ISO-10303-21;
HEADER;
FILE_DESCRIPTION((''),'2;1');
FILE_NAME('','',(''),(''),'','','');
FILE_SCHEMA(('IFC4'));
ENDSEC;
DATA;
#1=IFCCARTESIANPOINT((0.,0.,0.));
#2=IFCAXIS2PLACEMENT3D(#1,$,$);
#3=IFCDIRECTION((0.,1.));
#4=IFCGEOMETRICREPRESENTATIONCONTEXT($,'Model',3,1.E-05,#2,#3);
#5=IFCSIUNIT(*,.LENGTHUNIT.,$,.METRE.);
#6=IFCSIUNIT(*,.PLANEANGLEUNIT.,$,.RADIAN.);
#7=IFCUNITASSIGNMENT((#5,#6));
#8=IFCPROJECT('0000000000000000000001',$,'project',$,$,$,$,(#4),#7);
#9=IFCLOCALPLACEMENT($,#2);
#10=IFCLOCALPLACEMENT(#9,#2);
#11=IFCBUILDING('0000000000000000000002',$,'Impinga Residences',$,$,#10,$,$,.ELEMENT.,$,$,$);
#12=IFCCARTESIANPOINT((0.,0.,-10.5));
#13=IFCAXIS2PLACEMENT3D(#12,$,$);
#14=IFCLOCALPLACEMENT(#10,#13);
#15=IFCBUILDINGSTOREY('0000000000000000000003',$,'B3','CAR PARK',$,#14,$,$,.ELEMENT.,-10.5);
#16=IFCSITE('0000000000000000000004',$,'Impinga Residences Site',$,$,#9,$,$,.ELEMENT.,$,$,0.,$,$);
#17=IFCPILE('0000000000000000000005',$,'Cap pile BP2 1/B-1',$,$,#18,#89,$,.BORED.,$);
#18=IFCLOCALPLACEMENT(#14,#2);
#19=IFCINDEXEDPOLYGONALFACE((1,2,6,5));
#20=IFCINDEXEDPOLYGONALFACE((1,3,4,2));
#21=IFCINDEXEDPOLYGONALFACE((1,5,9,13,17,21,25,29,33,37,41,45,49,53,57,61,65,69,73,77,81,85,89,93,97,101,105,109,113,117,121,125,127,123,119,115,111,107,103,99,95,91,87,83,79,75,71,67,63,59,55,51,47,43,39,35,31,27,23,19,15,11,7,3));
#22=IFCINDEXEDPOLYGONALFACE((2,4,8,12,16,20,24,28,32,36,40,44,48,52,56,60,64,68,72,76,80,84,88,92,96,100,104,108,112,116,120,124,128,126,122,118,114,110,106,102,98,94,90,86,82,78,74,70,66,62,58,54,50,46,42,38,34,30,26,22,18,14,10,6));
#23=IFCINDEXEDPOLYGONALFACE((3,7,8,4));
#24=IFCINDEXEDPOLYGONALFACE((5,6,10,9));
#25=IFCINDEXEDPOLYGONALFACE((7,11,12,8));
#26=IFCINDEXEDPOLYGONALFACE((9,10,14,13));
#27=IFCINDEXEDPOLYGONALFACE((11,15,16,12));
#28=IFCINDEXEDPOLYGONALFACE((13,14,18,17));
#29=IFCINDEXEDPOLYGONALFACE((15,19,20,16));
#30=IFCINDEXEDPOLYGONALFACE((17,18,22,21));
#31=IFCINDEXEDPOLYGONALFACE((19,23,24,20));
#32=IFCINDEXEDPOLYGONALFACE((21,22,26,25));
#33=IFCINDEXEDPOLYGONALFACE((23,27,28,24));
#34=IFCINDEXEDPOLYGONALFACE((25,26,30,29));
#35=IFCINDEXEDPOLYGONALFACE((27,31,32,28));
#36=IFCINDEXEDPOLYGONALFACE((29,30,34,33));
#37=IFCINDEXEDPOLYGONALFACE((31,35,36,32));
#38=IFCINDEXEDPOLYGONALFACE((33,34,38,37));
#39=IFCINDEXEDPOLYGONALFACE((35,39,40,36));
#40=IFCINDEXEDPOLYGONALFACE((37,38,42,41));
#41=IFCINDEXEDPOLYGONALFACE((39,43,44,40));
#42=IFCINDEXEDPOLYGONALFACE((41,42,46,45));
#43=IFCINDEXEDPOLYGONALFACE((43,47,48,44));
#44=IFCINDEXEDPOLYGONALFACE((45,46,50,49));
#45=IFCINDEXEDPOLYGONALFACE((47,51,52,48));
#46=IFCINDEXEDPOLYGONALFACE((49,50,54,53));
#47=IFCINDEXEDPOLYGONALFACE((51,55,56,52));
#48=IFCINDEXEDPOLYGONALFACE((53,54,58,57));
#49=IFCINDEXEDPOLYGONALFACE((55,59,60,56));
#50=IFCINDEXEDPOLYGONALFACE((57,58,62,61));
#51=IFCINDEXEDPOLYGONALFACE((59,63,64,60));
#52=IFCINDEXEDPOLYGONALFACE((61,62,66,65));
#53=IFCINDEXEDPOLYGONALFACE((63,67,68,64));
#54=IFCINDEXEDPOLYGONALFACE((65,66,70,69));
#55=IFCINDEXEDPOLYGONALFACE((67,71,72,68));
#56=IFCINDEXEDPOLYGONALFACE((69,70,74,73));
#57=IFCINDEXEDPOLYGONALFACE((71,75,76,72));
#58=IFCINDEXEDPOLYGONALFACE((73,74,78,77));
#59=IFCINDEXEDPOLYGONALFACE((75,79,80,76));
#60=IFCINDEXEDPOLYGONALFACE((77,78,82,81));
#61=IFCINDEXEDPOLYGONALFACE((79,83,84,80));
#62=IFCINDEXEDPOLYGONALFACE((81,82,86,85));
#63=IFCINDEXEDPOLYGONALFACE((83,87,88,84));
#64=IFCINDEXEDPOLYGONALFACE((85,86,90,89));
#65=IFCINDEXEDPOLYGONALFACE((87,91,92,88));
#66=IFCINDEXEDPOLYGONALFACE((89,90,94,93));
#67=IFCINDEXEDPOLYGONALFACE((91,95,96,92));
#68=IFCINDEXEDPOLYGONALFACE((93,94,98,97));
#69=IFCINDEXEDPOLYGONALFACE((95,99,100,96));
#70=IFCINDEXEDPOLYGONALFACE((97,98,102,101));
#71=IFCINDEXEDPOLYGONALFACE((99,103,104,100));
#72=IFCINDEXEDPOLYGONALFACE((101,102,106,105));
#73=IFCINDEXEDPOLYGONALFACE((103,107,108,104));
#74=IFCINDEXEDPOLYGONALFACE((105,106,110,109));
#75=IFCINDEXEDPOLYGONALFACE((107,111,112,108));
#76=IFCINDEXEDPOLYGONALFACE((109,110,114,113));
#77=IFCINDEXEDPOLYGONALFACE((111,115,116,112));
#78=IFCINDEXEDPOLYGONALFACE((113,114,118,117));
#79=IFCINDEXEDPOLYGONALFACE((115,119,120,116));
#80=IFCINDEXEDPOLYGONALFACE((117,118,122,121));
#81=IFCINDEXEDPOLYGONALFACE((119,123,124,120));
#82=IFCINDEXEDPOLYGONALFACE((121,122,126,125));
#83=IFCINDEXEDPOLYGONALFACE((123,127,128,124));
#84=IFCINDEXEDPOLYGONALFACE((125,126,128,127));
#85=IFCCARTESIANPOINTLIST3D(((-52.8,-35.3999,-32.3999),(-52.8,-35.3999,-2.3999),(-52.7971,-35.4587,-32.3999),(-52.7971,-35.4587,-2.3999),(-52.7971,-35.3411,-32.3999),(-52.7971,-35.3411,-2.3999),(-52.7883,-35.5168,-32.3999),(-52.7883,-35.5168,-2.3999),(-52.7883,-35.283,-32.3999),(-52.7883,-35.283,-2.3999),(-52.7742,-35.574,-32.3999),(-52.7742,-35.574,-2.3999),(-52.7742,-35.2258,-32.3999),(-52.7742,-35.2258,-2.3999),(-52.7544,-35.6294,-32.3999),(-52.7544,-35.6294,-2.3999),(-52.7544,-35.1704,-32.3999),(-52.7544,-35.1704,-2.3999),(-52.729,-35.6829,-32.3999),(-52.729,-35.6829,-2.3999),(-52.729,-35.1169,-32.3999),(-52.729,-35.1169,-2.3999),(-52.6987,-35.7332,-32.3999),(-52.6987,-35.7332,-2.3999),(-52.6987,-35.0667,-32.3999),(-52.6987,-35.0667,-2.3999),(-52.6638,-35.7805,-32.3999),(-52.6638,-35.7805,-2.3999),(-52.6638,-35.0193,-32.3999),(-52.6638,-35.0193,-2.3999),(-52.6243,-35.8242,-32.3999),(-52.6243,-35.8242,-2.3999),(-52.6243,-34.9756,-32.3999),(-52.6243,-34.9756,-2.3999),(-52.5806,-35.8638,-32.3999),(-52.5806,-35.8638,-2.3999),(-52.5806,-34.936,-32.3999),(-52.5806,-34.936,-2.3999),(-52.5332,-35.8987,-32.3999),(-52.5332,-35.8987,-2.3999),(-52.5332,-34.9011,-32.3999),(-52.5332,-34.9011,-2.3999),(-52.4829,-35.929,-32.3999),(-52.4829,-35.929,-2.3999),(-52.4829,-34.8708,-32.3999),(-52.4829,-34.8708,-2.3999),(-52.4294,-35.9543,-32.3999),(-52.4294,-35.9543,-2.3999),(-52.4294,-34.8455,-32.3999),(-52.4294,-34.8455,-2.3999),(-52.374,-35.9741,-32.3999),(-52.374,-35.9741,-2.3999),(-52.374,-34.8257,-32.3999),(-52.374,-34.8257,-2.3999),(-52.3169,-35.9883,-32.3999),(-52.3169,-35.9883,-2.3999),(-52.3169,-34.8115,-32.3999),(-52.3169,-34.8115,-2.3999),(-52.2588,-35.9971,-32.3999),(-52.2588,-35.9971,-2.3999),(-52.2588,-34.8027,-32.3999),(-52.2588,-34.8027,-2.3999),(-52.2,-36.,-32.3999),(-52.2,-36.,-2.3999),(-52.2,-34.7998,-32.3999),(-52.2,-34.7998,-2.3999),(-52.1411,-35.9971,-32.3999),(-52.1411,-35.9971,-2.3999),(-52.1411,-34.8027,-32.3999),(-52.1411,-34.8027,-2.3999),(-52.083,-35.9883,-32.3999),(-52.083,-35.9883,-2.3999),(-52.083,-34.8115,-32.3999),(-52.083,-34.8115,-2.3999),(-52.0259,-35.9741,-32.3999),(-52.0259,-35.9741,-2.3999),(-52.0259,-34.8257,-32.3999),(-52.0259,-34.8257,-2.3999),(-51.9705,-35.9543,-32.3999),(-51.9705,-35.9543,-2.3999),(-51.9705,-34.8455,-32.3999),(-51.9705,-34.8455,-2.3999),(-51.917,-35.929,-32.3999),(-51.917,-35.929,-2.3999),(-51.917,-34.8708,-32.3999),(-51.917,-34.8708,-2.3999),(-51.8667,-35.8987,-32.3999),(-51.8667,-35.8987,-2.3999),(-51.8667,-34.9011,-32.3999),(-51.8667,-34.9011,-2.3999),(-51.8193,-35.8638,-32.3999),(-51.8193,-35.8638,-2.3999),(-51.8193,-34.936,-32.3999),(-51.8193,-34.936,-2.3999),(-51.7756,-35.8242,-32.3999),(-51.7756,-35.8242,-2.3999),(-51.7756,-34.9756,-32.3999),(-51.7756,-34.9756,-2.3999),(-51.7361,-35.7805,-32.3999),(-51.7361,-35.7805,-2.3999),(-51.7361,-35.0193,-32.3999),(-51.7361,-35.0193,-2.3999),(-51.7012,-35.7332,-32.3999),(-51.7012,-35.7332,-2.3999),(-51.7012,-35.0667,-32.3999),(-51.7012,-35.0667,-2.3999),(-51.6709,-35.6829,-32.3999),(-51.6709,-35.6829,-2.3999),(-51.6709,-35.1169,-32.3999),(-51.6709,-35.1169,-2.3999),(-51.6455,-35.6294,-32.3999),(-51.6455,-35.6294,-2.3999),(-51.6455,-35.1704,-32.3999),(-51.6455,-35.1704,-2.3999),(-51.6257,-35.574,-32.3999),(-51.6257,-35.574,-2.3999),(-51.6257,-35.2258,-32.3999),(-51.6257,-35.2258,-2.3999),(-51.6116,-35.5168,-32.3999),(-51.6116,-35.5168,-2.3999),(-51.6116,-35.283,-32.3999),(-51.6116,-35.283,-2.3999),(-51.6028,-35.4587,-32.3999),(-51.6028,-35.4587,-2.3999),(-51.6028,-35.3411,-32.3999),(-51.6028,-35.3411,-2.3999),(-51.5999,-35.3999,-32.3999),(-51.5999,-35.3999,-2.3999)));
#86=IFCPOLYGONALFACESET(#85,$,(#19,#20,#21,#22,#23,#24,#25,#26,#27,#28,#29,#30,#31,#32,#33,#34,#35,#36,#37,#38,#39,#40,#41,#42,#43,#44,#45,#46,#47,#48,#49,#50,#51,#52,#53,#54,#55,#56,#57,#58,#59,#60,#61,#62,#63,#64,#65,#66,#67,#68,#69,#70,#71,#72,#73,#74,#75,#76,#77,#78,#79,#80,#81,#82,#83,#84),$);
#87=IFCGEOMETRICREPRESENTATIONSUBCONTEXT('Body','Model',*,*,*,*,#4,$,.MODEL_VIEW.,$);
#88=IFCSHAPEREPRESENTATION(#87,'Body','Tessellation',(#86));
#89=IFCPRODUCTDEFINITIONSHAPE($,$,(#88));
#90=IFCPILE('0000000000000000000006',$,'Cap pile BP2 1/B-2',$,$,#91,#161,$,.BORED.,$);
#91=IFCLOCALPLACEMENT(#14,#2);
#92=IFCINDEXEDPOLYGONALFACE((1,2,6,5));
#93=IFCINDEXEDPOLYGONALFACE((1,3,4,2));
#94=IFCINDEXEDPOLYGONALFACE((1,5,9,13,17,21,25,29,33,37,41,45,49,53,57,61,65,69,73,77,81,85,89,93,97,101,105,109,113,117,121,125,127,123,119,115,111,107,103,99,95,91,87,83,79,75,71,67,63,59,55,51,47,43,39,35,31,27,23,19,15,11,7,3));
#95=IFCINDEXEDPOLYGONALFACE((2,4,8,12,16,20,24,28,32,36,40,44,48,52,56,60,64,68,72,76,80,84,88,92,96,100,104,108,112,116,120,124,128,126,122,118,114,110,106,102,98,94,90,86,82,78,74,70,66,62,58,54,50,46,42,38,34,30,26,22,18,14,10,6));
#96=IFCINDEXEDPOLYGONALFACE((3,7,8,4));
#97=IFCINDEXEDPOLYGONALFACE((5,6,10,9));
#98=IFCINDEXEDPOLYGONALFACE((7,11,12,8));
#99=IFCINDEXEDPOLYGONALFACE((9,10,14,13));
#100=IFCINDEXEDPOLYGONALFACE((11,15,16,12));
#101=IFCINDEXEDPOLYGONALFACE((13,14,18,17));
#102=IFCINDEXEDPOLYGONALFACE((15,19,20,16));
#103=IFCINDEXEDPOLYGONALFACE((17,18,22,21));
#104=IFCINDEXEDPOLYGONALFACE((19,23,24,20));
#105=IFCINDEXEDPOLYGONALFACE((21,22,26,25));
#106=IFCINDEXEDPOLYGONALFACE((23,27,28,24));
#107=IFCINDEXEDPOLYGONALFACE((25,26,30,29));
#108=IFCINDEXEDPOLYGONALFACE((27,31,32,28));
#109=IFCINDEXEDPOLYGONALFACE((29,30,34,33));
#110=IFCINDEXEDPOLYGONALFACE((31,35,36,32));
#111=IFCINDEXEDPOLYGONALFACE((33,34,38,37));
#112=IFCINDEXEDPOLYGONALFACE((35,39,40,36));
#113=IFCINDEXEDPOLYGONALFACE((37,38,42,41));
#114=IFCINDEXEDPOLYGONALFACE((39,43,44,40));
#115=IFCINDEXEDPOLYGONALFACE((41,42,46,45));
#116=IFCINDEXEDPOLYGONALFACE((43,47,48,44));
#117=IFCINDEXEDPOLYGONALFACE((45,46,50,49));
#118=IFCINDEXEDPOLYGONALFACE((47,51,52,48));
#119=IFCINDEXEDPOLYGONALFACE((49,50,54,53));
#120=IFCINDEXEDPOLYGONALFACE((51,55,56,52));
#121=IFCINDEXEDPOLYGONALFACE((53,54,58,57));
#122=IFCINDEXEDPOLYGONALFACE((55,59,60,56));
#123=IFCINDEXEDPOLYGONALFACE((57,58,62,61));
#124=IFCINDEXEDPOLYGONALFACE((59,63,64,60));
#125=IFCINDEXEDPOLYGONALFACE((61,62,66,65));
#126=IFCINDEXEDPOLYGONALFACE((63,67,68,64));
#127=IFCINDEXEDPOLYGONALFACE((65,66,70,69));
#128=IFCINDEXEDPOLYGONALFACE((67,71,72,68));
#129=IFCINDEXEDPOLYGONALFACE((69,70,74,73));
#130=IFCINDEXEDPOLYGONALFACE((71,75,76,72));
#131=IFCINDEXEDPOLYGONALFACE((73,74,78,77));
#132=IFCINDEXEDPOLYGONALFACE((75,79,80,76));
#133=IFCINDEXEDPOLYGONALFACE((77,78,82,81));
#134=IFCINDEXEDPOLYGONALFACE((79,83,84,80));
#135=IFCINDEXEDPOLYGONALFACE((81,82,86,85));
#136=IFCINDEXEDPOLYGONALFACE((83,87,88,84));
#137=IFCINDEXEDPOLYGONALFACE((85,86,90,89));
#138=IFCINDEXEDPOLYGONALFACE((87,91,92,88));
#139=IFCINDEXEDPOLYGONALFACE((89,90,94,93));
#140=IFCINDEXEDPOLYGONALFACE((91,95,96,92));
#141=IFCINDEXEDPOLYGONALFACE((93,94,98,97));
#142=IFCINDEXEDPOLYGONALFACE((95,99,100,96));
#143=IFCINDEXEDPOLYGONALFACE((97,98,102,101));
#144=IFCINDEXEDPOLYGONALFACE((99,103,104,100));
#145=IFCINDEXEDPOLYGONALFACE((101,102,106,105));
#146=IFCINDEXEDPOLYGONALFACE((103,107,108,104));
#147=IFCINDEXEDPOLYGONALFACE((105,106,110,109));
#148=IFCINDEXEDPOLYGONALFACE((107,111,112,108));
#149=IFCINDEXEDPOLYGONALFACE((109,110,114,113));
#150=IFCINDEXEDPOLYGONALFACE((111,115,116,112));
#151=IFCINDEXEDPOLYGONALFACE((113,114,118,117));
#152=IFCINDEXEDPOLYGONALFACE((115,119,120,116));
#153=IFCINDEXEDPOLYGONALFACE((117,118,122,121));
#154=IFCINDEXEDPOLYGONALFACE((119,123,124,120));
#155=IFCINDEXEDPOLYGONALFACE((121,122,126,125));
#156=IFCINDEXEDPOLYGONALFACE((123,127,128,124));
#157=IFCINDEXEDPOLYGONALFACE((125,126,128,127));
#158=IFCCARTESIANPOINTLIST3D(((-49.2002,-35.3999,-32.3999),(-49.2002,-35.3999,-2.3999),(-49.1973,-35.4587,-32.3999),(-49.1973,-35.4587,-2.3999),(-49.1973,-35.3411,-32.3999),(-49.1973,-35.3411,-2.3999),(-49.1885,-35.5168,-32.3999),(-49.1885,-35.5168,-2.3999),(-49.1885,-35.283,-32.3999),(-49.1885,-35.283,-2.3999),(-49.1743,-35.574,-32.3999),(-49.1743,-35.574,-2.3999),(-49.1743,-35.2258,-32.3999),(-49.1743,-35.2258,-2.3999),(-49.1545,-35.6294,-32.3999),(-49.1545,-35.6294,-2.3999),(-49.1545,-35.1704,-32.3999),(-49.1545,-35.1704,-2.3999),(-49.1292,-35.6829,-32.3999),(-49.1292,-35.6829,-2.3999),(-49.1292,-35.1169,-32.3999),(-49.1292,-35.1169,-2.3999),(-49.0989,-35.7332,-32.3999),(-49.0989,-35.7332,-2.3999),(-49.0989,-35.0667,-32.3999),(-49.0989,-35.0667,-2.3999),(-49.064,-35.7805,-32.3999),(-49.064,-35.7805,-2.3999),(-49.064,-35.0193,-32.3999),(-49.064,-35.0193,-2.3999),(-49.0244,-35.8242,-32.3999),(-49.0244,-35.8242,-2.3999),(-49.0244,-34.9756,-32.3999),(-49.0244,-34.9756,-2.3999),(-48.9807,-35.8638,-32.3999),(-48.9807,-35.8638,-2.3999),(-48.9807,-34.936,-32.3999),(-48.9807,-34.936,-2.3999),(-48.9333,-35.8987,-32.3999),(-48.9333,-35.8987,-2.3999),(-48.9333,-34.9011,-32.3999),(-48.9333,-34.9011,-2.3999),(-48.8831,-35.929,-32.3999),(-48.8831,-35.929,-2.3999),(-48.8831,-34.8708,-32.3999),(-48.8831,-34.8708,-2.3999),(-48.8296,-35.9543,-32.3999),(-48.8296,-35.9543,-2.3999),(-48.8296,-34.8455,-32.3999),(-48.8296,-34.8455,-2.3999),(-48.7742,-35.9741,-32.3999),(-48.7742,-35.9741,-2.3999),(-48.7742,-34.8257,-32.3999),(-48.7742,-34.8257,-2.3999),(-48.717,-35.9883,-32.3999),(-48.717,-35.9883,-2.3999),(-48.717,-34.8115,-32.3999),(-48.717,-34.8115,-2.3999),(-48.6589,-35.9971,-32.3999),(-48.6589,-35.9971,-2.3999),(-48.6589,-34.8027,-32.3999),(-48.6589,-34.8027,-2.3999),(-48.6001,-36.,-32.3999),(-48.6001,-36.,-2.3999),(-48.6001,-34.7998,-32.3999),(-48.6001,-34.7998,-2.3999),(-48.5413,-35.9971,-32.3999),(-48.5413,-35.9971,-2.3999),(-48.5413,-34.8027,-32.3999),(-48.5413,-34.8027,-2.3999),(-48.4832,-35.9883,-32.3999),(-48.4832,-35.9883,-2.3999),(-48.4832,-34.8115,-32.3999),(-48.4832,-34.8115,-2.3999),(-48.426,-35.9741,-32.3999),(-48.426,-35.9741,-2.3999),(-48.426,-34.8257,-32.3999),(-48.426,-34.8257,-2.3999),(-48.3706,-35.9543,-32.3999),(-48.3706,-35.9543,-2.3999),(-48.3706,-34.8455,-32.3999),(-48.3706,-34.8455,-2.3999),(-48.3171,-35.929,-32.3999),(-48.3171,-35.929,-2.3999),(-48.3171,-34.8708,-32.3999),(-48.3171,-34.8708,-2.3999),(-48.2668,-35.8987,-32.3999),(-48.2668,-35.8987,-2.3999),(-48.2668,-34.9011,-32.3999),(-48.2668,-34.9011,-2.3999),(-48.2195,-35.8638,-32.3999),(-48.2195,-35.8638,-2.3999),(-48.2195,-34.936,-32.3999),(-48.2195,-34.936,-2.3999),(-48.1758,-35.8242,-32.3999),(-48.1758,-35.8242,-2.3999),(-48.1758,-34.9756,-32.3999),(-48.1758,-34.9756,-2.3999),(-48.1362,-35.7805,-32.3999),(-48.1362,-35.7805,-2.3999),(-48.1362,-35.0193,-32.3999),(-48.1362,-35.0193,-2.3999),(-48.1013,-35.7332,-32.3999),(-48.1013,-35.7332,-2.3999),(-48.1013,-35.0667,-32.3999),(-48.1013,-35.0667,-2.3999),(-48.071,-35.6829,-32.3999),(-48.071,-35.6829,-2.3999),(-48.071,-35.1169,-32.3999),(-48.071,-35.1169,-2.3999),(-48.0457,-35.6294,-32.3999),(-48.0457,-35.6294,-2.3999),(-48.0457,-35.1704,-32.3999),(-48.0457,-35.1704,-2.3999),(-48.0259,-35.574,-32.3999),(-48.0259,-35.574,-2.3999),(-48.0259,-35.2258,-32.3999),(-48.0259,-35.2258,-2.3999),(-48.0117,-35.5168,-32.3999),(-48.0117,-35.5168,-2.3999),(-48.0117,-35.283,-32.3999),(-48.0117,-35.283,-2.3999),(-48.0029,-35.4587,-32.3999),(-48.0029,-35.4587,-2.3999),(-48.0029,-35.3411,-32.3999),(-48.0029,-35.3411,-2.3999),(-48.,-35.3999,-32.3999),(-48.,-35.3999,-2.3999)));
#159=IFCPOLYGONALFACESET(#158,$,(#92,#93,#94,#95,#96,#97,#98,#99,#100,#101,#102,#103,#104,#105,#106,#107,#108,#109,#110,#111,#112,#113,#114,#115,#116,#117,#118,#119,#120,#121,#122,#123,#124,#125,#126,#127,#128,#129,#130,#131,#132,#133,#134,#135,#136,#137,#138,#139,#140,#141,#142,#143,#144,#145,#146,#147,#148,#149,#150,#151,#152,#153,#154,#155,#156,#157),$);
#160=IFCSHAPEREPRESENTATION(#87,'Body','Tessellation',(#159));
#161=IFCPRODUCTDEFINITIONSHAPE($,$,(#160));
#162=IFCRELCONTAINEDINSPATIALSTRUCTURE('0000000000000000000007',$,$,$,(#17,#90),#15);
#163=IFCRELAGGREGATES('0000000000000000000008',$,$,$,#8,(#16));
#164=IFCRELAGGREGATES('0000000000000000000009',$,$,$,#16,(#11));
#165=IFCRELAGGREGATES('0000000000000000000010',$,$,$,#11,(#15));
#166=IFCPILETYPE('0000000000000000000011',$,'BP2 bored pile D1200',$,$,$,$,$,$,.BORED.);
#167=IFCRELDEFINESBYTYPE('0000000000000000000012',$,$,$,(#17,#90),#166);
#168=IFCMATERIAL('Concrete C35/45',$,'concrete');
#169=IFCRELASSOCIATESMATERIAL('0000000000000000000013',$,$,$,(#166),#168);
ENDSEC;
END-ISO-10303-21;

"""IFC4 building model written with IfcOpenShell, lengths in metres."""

from ifc_helpers import new_model, si_unit, direction, frame, origin, origin_2d, place, context, subcontext, project, spatial, polyline, circle, outline, extrude, material, material_profile, profile_set, type_object, element, save


model = new_model("IFC4")

# Units and contexts
model_context = context("Model", 3, precision=1e-05, world=origin(), true_north=direction((0.0, 1.0)))
body_context = subcontext(model_context, "Body", "Model", "MODEL_VIEW")
ifc_project = project(units=[si_unit("LENGTHUNIT", "METRE"), si_unit("PLANEANGLEUNIT", "RADIAN")], contexts=[model_context])

# Site, building, storey
site_placement = place(None, origin())
site = spatial("IfcSite", under=ifc_project, at=site_placement, Name="Impinga Residences Site", CompositionType="ELEMENT", RefElevation=0.0)
building_placement = place(site_placement, origin())
building = spatial("IfcBuilding", under=site, at=building_placement, Name="Impinga Residences", CompositionType="ELEMENT")
storey_placement = place(building_placement, frame((0.0, 0.0, -10.5)))
storey = spatial("IfcBuildingStorey", under=building, at=storey_placement, Name="B3", Description="CAR PARK", CompositionType="ELEMENT", Elevation=-10.5)

# Piles
ifc_material_1 = material(Name="Concrete C35/45", Category="concrete")
ifc_material_profile_1 = material_profile(ifc_material_1, circle(Radius=0.6001, at=origin_2d()), Name="D1200")
ifc_profile_set_1 = profile_set([ifc_material_profile_1], Name="Concrete C35/45")
pile_type_1 = type_object("IfcPileType", Name="BP2 bored pile D1200", PredefinedType="BORED", material=ifc_profile_set_1)
pile_1_placement = place(storey_placement, frame((-52.2, -35.3999, -2.3999), z_axis=(0.0, 0.0, -1.0), x_axis=(1.0, 0.0, 0.0)))
element("IfcPile", 1, at=pile_1_placement, inside=storey, type_object=pile_type_1, Name="Cap pile BP2 1/B-1", PredefinedType="BORED", context=body_context, shape_type="SweptSolid", body=[
    extrude(outline(polyline([(0.6001, 0.0), (0.5972, 0.0588), (0.5884, 0.1169), (0.5742, 0.1741), (0.5544, 0.2295), (0.5291, 0.283), (0.4988, 0.3333), (0.4639, 0.3806), (0.4243, 0.4243), (0.3806, 0.4639), (0.3333, 0.4988), (0.283, 0.5291), (0.2295, 0.5544), (0.1741, 0.5742), (0.1169, 0.5884), (0.0588, 0.5972), (0.0, 0.6001), (-0.0588, 0.5972), (-0.1169, 0.5884), (-0.1741, 0.5742), (-0.2295, 0.5544), (-0.283, 0.5291), (-0.3333, 0.4988), (-0.3806, 0.4639), (-0.4243, 0.4243), (-0.4639, 0.3806), (-0.4988, 0.3333), (-0.5291, 0.283), (-0.5544, 0.2295), (-0.5742, 0.1741), (-0.5884, 0.1169), (-0.5972, 0.0588), (-0.6001, 0.0), (-0.5972, -0.0588), (-0.5884, -0.1169), (-0.5742, -0.1741), (-0.5544, -0.2295), (-0.5291, -0.283), (-0.4988, -0.3333), (-0.4639, -0.3806), (-0.4243, -0.4243), (-0.3806, -0.4639), (-0.3333, -0.4988), (-0.283, -0.5291), (-0.2295, -0.5544), (-0.1741, -0.5742), (-0.1169, -0.5884), (-0.0588, -0.5972), (0.0, -0.6001), (0.0588, -0.5972), (0.1169, -0.5884), (0.1741, -0.5742), (0.2295, -0.5544), (0.283, -0.5291), (0.3333, -0.4988), (0.3806, -0.4639), (0.4243, -0.4243), (0.4639, -0.3806), (0.4988, -0.3333), (0.5291, -0.283), (0.5544, -0.2295), (0.5742, -0.1741), (0.5884, -0.1169), (0.5972, -0.0588), (0.6001, 0.0)])), origin(), (0.0, 0.0, 1.0), 30.0),
])
pile_2_placement = place(storey_placement, frame((-48.6001, -35.3999, -2.3999), z_axis=(0.0, 0.0, -1.0), x_axis=(1.0, 0.0, 0.0)))
element("IfcPile", 2, at=pile_2_placement, inside=storey, type_object=pile_type_1, Name="Cap pile BP2 1/B-2", PredefinedType="BORED", context=body_context, shape_type="SweptSolid", body=[
    extrude(outline(polyline([(0.6001, 0.0), (0.5972, 0.0588), (0.5884, 0.1169), (0.5742, 0.1741), (0.5544, 0.2295), (0.5291, 0.283), (0.4988, 0.3333), (0.4639, 0.3806), (0.4243, 0.4243), (0.3806, 0.4639), (0.3333, 0.4988), (0.283, 0.5291), (0.2295, 0.5544), (0.1741, 0.5742), (0.1169, 0.5884), (0.0588, 0.5972), (0.0, 0.6001), (-0.0588, 0.5972), (-0.1169, 0.5884), (-0.1741, 0.5742), (-0.2295, 0.5544), (-0.283, 0.5291), (-0.3333, 0.4988), (-0.3806, 0.4639), (-0.4243, 0.4243), (-0.4639, 0.3806), (-0.4988, 0.3333), (-0.5291, 0.283), (-0.5544, 0.2295), (-0.5742, 0.1741), (-0.5884, 0.1169), (-0.5972, 0.0588), (-0.6001, 0.0), (-0.5972, -0.0588), (-0.5884, -0.1169), (-0.5742, -0.1741), (-0.5544, -0.2295), (-0.5291, -0.283), (-0.4988, -0.3333), (-0.4639, -0.3806), (-0.4243, -0.4243), (-0.3806, -0.4639), (-0.3333, -0.4988), (-0.283, -0.5291), (-0.2295, -0.5544), (-0.1741, -0.5742), (-0.1169, -0.5884), (-0.0588, -0.5972), (0.0, -0.6001), (0.0588, -0.5972), (0.1169, -0.5884), (0.1741, -0.5742), (0.2295, -0.5544), (0.283, -0.5291), (0.3333, -0.4988), (0.3806, -0.4639), (0.4243, -0.4243), (0.4639, -0.3806), (0.4988, -0.3333), (0.5291, -0.283), (0.5544, -0.2295), (0.5742, -0.1741), (0.5884, -0.1169), (0.5972, -0.0588), (0.6001, 0.0)])), origin(), (0.0, 0.0, 1.0), 30.0),
])

save(model, "model.ifc")
